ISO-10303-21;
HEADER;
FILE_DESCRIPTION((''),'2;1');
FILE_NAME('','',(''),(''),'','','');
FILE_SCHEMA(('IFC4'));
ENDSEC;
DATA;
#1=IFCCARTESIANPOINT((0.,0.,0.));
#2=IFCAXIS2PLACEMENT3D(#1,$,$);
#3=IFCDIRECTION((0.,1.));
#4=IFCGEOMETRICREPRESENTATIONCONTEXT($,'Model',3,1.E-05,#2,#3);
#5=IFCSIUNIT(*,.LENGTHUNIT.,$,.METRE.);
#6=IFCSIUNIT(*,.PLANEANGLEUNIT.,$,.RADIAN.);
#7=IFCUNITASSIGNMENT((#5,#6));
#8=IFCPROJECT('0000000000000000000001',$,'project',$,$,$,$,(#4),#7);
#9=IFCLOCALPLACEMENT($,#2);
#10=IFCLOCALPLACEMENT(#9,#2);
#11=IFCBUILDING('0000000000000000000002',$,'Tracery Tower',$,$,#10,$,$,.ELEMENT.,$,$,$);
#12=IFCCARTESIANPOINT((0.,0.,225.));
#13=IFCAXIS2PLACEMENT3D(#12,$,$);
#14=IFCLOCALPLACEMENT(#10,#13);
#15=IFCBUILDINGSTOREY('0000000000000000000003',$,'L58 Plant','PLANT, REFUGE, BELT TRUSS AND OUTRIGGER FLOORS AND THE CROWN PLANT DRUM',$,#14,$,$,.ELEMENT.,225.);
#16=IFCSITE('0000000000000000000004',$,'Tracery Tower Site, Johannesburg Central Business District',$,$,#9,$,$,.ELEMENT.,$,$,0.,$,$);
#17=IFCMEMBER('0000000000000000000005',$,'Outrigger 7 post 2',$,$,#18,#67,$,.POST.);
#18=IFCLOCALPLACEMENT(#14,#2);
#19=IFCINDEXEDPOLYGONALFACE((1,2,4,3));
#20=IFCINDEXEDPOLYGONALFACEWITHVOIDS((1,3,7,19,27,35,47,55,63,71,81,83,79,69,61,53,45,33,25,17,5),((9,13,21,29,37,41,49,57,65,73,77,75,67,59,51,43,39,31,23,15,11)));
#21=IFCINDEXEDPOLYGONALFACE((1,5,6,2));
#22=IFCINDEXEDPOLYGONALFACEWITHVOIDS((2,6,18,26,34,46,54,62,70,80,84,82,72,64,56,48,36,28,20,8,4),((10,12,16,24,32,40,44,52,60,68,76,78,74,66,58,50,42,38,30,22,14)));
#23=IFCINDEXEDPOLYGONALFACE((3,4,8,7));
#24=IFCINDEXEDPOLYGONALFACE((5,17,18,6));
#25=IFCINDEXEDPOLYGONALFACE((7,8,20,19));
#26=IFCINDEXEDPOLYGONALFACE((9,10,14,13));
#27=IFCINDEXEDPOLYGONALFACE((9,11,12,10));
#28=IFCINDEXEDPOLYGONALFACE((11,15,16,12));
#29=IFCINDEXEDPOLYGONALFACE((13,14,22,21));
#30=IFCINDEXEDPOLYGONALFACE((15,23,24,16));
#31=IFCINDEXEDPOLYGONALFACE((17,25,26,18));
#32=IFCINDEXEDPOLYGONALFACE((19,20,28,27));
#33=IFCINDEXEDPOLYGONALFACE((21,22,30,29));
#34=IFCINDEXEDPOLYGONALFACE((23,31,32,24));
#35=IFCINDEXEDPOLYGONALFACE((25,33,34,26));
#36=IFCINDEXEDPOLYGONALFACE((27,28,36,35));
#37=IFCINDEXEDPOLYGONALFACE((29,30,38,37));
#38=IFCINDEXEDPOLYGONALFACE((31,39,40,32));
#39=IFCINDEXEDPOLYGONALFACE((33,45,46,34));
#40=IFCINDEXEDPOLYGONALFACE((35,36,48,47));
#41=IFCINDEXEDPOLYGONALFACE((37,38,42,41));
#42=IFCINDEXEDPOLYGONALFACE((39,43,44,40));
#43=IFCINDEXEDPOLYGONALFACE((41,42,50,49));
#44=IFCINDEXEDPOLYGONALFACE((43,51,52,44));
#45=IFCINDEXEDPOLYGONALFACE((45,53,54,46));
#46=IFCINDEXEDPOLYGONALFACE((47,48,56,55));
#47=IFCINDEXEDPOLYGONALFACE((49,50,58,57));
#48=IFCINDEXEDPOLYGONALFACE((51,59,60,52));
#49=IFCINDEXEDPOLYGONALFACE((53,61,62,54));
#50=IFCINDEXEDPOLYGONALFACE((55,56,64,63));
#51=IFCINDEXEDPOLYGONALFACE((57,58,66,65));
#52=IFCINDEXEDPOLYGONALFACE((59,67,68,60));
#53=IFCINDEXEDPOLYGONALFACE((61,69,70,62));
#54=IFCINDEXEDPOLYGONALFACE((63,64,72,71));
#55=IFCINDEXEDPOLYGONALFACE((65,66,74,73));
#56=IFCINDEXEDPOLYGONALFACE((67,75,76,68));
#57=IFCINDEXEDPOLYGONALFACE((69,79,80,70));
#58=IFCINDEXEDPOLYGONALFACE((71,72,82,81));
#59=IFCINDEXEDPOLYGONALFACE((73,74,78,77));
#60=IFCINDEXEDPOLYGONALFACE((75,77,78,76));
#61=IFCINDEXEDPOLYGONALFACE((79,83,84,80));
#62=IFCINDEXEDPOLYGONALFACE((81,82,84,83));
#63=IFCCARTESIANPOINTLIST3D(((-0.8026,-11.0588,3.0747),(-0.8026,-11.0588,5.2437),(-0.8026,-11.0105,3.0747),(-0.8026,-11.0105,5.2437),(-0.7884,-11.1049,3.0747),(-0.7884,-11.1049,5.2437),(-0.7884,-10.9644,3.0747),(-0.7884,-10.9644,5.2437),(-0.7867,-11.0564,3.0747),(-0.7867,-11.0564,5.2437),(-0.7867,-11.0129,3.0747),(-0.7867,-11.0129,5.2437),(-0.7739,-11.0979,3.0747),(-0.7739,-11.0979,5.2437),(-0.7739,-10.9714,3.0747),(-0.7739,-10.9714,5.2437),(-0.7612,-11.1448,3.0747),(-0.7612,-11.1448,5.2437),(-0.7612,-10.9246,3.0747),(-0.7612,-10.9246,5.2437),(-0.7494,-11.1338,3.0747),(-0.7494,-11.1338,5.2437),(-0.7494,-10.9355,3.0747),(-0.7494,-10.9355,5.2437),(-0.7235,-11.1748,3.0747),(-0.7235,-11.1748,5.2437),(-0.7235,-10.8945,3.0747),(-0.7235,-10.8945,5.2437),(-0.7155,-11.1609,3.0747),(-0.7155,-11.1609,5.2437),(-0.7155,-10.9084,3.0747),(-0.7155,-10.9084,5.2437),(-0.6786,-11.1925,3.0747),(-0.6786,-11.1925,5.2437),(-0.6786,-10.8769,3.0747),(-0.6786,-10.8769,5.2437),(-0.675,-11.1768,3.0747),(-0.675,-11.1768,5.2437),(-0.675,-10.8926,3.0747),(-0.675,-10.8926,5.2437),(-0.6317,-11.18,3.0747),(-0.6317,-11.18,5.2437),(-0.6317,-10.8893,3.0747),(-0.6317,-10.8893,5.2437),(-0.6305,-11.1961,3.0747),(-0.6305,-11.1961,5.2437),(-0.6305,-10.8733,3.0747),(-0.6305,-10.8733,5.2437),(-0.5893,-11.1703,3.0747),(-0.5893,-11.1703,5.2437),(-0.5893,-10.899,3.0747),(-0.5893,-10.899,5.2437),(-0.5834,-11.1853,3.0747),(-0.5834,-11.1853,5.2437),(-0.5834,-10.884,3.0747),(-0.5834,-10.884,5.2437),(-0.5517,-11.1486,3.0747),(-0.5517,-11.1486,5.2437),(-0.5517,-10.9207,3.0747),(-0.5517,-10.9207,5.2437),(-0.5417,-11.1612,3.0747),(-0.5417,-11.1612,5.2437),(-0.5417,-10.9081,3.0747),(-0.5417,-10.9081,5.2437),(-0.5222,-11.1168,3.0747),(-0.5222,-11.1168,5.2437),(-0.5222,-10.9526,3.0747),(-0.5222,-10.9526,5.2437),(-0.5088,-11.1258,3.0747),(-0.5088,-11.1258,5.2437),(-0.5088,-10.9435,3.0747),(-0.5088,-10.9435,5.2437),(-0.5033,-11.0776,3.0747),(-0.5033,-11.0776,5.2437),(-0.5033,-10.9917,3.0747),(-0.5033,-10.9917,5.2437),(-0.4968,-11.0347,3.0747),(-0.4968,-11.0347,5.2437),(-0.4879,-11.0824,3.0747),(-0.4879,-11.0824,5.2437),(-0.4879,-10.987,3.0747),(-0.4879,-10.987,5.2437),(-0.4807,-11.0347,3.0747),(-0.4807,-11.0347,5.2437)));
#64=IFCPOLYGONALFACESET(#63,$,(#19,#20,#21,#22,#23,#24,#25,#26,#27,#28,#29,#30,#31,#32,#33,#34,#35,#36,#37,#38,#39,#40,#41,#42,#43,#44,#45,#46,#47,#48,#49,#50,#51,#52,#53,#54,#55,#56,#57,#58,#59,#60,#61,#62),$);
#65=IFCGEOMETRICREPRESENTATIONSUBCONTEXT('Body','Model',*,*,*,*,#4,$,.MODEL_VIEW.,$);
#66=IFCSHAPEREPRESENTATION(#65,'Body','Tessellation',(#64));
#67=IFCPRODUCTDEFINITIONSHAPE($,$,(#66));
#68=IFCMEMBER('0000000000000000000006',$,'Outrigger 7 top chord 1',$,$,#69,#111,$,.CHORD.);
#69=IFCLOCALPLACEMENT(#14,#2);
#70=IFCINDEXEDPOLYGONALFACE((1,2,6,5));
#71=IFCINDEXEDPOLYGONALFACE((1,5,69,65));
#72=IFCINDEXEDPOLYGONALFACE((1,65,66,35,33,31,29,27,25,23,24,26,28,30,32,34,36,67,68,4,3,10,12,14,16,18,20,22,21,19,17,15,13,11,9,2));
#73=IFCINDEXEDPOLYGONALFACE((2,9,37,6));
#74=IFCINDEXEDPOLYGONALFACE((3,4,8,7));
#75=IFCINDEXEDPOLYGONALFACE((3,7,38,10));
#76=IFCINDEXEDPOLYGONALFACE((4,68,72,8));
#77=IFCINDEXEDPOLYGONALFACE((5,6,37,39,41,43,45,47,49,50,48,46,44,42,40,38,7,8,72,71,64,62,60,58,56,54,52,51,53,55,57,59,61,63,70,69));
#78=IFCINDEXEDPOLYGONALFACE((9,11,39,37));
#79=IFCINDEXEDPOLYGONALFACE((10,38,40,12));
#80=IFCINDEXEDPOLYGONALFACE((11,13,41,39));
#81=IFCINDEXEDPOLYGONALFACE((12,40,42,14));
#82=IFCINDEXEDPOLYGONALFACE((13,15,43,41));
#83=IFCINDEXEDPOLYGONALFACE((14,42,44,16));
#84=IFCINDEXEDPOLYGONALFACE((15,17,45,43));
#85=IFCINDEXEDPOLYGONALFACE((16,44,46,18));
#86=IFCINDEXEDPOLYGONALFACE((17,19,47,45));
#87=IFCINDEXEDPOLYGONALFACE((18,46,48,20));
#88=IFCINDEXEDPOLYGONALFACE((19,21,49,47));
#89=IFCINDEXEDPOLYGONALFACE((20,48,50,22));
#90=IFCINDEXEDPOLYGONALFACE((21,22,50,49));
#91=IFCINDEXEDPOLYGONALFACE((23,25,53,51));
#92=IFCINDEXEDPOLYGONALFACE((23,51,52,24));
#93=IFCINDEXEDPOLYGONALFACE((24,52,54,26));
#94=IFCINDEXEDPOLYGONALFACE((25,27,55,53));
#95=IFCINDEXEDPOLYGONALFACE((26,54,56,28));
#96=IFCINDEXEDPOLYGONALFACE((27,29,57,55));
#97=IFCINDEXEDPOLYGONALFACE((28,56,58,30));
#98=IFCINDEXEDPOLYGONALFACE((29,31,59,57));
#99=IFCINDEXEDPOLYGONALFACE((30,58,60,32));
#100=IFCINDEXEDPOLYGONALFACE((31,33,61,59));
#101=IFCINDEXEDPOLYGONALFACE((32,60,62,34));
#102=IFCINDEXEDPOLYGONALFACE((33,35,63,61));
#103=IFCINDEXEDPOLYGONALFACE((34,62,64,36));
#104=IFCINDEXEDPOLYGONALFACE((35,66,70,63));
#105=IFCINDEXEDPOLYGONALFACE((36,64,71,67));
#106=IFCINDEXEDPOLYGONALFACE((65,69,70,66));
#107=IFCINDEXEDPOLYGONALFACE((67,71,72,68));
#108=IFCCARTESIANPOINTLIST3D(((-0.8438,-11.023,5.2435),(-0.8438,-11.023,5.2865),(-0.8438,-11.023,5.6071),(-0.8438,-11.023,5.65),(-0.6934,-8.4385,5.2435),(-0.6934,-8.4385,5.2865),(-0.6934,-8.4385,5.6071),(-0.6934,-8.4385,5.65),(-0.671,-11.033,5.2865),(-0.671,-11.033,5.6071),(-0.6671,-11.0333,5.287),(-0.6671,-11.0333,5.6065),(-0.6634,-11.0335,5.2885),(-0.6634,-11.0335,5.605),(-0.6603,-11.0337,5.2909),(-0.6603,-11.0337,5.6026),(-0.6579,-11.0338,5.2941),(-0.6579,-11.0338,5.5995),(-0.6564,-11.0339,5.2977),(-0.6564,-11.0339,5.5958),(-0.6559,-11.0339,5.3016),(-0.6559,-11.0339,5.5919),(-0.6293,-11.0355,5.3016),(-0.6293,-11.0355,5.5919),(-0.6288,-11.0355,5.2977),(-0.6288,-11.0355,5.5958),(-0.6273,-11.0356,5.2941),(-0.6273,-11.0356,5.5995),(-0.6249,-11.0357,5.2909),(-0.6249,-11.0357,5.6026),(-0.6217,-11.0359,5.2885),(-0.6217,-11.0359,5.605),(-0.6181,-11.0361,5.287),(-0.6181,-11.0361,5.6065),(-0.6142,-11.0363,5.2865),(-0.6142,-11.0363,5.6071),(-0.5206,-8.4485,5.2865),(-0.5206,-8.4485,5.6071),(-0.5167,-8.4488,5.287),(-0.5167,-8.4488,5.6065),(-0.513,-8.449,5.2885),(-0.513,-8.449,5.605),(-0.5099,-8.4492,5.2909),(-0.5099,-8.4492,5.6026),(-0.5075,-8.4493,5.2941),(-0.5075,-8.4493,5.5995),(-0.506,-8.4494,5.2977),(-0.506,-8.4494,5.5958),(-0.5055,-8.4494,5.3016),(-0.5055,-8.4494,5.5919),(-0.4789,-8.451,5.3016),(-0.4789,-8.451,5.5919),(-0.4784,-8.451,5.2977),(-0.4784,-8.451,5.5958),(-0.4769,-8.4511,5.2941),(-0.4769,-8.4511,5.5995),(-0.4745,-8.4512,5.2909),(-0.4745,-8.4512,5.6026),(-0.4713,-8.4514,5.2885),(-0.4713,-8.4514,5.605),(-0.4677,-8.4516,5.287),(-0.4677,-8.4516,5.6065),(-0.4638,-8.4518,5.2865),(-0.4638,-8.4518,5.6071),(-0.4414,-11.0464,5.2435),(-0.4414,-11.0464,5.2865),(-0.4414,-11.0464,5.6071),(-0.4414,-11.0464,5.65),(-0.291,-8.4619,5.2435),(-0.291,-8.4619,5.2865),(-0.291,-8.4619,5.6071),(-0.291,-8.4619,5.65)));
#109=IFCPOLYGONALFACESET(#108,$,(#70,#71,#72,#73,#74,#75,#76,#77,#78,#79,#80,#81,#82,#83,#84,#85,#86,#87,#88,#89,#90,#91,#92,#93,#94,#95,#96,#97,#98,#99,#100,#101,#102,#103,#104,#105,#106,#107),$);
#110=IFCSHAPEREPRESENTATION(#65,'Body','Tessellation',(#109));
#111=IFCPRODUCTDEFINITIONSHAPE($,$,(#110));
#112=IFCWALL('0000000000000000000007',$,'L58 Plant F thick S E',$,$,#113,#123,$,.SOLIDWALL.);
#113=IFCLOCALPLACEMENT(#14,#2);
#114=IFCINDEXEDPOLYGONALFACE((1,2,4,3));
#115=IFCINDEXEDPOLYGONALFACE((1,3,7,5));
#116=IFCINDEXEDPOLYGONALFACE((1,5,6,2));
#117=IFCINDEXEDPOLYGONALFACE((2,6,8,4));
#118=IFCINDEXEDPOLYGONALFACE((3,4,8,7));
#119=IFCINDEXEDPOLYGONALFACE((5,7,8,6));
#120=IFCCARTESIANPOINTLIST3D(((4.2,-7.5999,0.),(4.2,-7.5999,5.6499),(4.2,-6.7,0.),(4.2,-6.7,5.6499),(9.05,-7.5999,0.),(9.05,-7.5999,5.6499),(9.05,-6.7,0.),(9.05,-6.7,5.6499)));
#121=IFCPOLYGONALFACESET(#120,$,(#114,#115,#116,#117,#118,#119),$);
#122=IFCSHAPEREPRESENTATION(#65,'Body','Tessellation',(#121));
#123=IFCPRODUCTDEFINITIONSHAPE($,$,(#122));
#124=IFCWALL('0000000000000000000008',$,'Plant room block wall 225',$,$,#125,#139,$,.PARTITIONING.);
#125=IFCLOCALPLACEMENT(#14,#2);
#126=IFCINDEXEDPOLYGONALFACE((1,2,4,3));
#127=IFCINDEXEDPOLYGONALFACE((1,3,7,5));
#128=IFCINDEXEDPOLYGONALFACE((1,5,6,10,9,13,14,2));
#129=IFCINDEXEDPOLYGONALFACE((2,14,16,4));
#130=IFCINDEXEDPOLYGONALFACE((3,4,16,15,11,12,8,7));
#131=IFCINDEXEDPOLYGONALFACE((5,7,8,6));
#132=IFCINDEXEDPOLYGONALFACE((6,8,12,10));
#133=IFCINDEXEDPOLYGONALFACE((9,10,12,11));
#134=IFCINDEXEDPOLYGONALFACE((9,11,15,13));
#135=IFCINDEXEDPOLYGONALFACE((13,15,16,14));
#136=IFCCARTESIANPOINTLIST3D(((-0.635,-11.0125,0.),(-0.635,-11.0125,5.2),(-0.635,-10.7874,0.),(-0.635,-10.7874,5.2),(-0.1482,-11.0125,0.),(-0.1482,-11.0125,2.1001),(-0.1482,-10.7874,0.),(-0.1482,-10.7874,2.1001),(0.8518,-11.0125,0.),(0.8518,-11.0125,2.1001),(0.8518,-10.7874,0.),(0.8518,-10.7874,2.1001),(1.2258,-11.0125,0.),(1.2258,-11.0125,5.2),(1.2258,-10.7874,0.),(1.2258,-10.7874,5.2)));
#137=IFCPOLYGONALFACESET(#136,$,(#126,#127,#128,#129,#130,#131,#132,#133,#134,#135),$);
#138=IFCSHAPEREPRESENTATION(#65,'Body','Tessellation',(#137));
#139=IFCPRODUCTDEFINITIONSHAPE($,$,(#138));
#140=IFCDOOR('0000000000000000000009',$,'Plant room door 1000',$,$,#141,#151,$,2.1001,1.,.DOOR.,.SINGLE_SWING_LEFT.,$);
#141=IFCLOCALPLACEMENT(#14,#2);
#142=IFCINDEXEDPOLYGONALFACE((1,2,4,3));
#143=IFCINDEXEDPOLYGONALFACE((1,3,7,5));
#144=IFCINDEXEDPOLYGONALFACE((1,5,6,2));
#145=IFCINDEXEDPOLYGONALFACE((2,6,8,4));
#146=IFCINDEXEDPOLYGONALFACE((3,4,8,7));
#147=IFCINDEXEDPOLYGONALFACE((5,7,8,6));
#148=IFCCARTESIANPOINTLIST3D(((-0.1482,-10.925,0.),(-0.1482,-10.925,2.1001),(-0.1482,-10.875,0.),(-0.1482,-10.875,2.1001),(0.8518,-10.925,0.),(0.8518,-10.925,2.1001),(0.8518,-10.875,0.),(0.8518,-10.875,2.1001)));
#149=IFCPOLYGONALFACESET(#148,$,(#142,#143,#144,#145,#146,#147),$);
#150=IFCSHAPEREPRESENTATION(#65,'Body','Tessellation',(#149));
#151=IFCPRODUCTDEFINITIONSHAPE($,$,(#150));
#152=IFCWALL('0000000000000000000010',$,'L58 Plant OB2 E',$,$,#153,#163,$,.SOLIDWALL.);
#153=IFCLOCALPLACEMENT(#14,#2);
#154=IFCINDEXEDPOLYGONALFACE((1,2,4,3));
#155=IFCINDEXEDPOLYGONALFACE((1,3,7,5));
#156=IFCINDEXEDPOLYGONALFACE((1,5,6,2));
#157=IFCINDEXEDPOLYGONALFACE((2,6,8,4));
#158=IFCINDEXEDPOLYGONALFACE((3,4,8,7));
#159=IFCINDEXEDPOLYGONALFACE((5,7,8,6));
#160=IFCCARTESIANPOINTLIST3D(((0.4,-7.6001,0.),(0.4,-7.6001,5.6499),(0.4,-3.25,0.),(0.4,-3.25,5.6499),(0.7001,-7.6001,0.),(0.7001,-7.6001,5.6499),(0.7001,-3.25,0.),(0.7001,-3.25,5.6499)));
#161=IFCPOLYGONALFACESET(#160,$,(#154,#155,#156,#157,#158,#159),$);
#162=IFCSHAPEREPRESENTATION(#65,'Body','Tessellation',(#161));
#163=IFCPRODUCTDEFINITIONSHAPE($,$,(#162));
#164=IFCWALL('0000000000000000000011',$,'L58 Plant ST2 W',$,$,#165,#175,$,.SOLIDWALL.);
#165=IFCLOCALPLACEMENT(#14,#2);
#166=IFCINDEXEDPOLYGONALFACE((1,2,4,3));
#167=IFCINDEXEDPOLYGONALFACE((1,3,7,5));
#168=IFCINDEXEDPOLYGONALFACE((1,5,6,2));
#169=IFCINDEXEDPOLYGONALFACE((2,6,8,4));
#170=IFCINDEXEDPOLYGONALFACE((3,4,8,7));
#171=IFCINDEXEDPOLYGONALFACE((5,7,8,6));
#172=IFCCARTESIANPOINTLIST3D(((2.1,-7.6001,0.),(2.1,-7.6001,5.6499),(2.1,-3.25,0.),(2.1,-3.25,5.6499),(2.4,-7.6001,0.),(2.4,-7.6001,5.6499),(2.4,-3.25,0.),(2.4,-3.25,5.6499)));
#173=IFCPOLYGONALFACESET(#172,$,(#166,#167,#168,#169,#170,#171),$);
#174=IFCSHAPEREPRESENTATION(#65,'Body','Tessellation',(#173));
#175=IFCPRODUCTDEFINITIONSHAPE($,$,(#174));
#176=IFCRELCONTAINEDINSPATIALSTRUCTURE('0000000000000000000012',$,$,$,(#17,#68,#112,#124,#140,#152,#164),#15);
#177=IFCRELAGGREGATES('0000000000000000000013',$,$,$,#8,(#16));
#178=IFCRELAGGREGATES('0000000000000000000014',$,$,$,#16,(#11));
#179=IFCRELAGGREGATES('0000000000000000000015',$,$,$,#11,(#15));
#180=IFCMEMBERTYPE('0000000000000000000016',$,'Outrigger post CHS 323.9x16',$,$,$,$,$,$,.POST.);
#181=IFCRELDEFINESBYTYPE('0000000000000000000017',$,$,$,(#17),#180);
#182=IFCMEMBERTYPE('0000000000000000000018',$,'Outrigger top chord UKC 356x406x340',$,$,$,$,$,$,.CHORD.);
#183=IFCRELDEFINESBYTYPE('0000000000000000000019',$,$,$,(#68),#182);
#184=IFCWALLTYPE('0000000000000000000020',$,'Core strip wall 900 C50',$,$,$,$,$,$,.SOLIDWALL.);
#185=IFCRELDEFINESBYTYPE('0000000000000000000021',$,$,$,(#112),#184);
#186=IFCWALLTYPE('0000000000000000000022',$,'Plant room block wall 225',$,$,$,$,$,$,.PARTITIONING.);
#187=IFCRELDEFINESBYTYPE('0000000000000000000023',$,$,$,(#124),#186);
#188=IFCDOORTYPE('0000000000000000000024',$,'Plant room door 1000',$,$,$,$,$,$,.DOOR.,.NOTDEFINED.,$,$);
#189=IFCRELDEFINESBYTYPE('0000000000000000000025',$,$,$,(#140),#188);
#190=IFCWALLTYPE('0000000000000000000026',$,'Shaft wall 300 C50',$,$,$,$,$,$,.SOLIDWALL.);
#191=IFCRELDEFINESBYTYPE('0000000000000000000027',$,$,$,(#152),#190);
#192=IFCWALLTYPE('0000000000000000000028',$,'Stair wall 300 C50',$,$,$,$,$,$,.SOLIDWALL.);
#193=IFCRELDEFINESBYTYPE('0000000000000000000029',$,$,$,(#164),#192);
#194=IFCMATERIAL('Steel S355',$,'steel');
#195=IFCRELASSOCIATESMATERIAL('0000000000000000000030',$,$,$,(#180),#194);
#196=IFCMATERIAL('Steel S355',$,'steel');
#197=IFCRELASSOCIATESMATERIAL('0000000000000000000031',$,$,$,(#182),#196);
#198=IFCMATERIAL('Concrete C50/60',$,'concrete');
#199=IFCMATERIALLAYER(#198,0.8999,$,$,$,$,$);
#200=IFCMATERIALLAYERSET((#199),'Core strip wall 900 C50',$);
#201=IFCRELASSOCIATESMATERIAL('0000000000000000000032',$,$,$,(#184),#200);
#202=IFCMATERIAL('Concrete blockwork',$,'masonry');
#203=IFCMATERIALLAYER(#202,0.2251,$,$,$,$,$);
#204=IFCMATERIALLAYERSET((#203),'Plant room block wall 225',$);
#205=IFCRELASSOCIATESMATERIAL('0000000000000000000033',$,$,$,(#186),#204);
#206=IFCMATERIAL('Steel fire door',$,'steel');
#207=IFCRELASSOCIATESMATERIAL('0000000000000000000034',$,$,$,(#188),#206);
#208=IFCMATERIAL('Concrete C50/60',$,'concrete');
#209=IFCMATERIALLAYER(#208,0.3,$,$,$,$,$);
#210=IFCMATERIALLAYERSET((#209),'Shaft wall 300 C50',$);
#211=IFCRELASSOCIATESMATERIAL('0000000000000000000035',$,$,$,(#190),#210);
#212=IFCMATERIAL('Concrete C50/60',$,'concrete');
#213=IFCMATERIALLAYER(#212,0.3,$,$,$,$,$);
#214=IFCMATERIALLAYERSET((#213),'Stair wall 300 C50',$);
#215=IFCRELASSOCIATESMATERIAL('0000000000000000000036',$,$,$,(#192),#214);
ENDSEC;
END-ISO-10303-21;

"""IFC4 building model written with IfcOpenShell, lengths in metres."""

from ifc_helpers import new_model, si_unit, direction, frame, frame_2d, origin, origin_2d, place, context, subcontext, project, spatial, rectangle, hollow_circle, i_section, extrude, material, layer, layer_set, material_profile, profile_set, type_object, element, fill, save


model = new_model("IFC4")

# Units and contexts
model_context = context("Model", 3, precision=1e-05, world=origin(), true_north=direction((0.0, 1.0)))
body_context = subcontext(model_context, "Body", "Model", "MODEL_VIEW")
ifc_project = project(units=[si_unit("LENGTHUNIT", "METRE"), si_unit("PLANEANGLEUNIT", "RADIAN")], contexts=[model_context])

# Site, building, storey
site_placement = place(None, origin())
site = spatial("IfcSite", under=ifc_project, at=site_placement, Name="Tracery Tower Site, Johannesburg Central Business District", CompositionType="ELEMENT", RefElevation=0.0)
building_placement = place(site_placement, origin())
building = spatial("IfcBuilding", under=site, at=building_placement, Name="Tracery Tower", CompositionType="ELEMENT")
storey_placement = place(building_placement, frame((0.0, 0.0, 225.0)))
storey = spatial("IfcBuildingStorey", under=building, at=storey_placement, Name="L58 Plant", Description="PLANT, REFUGE, BELT TRUSS AND OUTRIGGER FLOORS AND THE CROWN PLANT DRUM", CompositionType="ELEMENT", Elevation=225.0)

# Members
ifc_material_1 = material(Name="Steel S355", Category="steel")
ifc_material_profile_1 = material_profile(ifc_material_1, hollow_circle(Radius=0.1619, WallThickness=0.0161, at=origin_2d()), Name="CHS 323.9x16")
ifc_profile_set_1 = profile_set([ifc_material_profile_1], Name="Steel S355")
member_type_1 = type_object("IfcMemberType", Name="Outrigger post CHS 323.9x16", PredefinedType="POST", material=ifc_profile_set_1)
for number, where, z_axis, x_axis, name in (
    (1, (-0.6426, -11.0347, 3.0747), (0.0, 0.0, 1.0), (1.0, 0.0, 0.0), "Outrigger 7 post 2"),
):
    element("IfcMember", number, at=place(storey_placement, frame(where, z_axis=z_axis, x_axis=x_axis)), inside=storey, type_object=member_type_1, Name=name, PredefinedType="POST", context=body_context, shape_type="SweptSolid", body=[
        extrude(hollow_circle(Radius=0.1619, WallThickness=0.0161, at=origin_2d()), origin(), (0.0, 0.0, 1.0), 2.1689),
    ])
ifc_material_2 = material(Name="Steel S355", Category="steel")
ifc_material_profile_2 = material_profile(ifc_material_2, i_section(OverallWidth=0.4031, OverallDepth=0.4065, WebThickness=0.0266, FlangeThickness=0.043, FilletRadius=0.0151, at=origin_2d()), Name="UKC 356x406x340")
ifc_profile_set_2 = profile_set([ifc_material_profile_2], Name="Steel S355")
member_type_2 = type_object("IfcMemberType", Name="Outrigger top chord UKC 356x406x340", PredefinedType="CHORD", material=ifc_profile_set_2)
member_1_placement = place(storey_placement, frame((-0.4922, -8.4502, 5.4468), z_axis=(-0.058092, -0.998311, 0.0), x_axis=(0.998311, -0.058092, 0.0)))
element("IfcMember", 2, at=member_1_placement, inside=storey, type_object=member_type_2, Name="Outrigger 7 top chord 1", PredefinedType="CHORD", context=body_context, shape_type="SweptSolid", body=[
    extrude(i_section(OverallWidth=0.4031, OverallDepth=0.4065, WebThickness=0.0266, FlangeThickness=0.043, FilletRadius=0.0151, at=origin_2d()), origin(), (0.0, 0.0, 1.0), 2.5889),
])

# Wall
ifc_material_3 = material(Name="Concrete C50/60", Category="concrete")
ifc_layer_1 = layer(ifc_material_3, 0.8999)
ifc_layer_set_1 = layer_set([ifc_layer_1], Name="Core strip wall 900 C50")
wall_type_1 = type_object("IfcWallType", Name="Core strip wall 900 C50", PredefinedType="SOLIDWALL", material=ifc_layer_set_1)
wall_1_placement = place(storey_placement, frame((4.2, -7.1499, 0.0), z_axis=(0.0, 0.0, 1.0), x_axis=(1.0, 0.0, 0.0)))
element("IfcWall", 3, at=wall_1_placement, inside=storey, type_object=wall_type_1, Name="L58 Plant F thick S E", PredefinedType="SOLIDWALL", context=body_context, shape_type="SweptSolid", body=[
    extrude(rectangle(XDim=4.8501, YDim=0.8999, at=frame_2d((2.425, 0.0))), origin(), (0.0, 0.0, 1.0), 5.6499),
])

# Wall, opening, door
ifc_material_4 = material(Name="Concrete blockwork", Category="masonry")
ifc_layer_2 = layer(ifc_material_4, 0.2251)
ifc_layer_set_2 = layer_set([ifc_layer_2], Name="Plant room block wall 225")
wall_type_2 = type_object("IfcWallType", Name="Plant room block wall 225", PredefinedType="PARTITIONING", material=ifc_layer_set_2)
wall_2_placement = place(storey_placement, frame((-0.635, -10.8999, 0.0), z_axis=(0.0, 0.0, 1.0), x_axis=(1.0, 0.0, 0.0)))
wall_2 = element("IfcWall", 4, at=wall_2_placement, inside=storey, type_object=wall_type_2, Name="Plant room block wall 225", PredefinedType="PARTITIONING", context=body_context, shape_type="SweptSolid", body=[
    extrude(rectangle(XDim=1.8608, YDim=0.2251, at=frame_2d((0.9304, 0.0))), origin(), (0.0, 0.0, 1.0), 5.2),
])
opening_1_placement = place(wall_2_placement, frame((0.4868, 0.0, 0.0)))
opening_1 = element("IfcOpeningElement", 5, at=opening_1_placement, cuts=wall_2, PredefinedType="OPENING", context=body_context, shape_type="SweptSolid", body=[
    extrude(rectangle(XDim=1.0, YDim=2.1001, at=frame_2d((0.5, 1.05))), frame((0.0, 0.1125, 0.0), z_axis=(0.0, -1.0, 0.0), x_axis=(1.0, 0.0, 0.0)), (0.0, 0.0, 1.0), 0.2251),
])
ifc_material_5 = material(Name="Steel fire door", Category="steel")
door_type_1 = type_object("IfcDoorType", Name="Plant room door 1000", OperationType="NOTDEFINED", PredefinedType="DOOR", material=ifc_material_5)
door_1_placement = place(opening_1_placement, origin())
door_1 = element("IfcDoor", 6, at=door_1_placement, inside=storey, type_object=door_type_1, Name="Plant room door 1000", OperationType="SINGLE_SWING_LEFT", OverallHeight=2.1001, OverallWidth=1.0, PredefinedType="DOOR", context=body_context, shape_type="SweptSolid", body=[
    extrude(rectangle(XDim=1.0, YDim=2.1001, at=frame_2d((0.5, 1.05))), frame((0.0, 0.0249, 0.0), z_axis=(0.0, -1.0, 0.0), x_axis=(1.0, 0.0, 0.0)), (0.0, 0.0, 1.0), 0.05),
])
fill(opening_1, door_1)

# Walls
ifc_material_6 = material(Name="Concrete C50/60", Category="concrete")
ifc_layer_3 = layer(ifc_material_6, 0.3)
ifc_layer_set_3 = layer_set([ifc_layer_3], Name="Shaft wall 300 C50")
wall_type_3 = type_object("IfcWallType", Name="Shaft wall 300 C50", PredefinedType="SOLIDWALL", material=ifc_layer_set_3)
wall_3_placement = place(storey_placement, frame((0.55, -7.6001, 0.0), z_axis=(0.0, 0.0, 1.0), x_axis=(0.0, 1.0, 0.0)))
element("IfcWall", 7, at=wall_3_placement, inside=storey, type_object=wall_type_3, Name="L58 Plant OB2 E", PredefinedType="SOLIDWALL", context=body_context, shape_type="SweptSolid", body=[
    extrude(rectangle(XDim=4.3501, YDim=0.3, at=frame_2d((2.175, 0.0))), origin(), (0.0, 0.0, 1.0), 5.6499),
])
ifc_material_7 = material(Name="Concrete C50/60", Category="concrete")
ifc_layer_4 = layer(ifc_material_7, 0.3)
ifc_layer_set_4 = layer_set([ifc_layer_4], Name="Stair wall 300 C50")
wall_type_4 = type_object("IfcWallType", Name="Stair wall 300 C50", PredefinedType="SOLIDWALL", material=ifc_layer_set_4)
wall_4_placement = place(storey_placement, frame((2.25, -7.6001, 0.0), z_axis=(0.0, 0.0, 1.0), x_axis=(0.0, 1.0, 0.0)))
element("IfcWall", 8, at=wall_4_placement, inside=storey, type_object=wall_type_4, Name="L58 Plant ST2 W", PredefinedType="SOLIDWALL", context=body_context, shape_type="SweptSolid", body=[
    extrude(rectangle(XDim=4.3501, YDim=0.3, at=frame_2d((2.175, 0.0))), origin(), (0.0, 0.0, 1.0), 5.6499),
])

save(model, "model.ifc")
